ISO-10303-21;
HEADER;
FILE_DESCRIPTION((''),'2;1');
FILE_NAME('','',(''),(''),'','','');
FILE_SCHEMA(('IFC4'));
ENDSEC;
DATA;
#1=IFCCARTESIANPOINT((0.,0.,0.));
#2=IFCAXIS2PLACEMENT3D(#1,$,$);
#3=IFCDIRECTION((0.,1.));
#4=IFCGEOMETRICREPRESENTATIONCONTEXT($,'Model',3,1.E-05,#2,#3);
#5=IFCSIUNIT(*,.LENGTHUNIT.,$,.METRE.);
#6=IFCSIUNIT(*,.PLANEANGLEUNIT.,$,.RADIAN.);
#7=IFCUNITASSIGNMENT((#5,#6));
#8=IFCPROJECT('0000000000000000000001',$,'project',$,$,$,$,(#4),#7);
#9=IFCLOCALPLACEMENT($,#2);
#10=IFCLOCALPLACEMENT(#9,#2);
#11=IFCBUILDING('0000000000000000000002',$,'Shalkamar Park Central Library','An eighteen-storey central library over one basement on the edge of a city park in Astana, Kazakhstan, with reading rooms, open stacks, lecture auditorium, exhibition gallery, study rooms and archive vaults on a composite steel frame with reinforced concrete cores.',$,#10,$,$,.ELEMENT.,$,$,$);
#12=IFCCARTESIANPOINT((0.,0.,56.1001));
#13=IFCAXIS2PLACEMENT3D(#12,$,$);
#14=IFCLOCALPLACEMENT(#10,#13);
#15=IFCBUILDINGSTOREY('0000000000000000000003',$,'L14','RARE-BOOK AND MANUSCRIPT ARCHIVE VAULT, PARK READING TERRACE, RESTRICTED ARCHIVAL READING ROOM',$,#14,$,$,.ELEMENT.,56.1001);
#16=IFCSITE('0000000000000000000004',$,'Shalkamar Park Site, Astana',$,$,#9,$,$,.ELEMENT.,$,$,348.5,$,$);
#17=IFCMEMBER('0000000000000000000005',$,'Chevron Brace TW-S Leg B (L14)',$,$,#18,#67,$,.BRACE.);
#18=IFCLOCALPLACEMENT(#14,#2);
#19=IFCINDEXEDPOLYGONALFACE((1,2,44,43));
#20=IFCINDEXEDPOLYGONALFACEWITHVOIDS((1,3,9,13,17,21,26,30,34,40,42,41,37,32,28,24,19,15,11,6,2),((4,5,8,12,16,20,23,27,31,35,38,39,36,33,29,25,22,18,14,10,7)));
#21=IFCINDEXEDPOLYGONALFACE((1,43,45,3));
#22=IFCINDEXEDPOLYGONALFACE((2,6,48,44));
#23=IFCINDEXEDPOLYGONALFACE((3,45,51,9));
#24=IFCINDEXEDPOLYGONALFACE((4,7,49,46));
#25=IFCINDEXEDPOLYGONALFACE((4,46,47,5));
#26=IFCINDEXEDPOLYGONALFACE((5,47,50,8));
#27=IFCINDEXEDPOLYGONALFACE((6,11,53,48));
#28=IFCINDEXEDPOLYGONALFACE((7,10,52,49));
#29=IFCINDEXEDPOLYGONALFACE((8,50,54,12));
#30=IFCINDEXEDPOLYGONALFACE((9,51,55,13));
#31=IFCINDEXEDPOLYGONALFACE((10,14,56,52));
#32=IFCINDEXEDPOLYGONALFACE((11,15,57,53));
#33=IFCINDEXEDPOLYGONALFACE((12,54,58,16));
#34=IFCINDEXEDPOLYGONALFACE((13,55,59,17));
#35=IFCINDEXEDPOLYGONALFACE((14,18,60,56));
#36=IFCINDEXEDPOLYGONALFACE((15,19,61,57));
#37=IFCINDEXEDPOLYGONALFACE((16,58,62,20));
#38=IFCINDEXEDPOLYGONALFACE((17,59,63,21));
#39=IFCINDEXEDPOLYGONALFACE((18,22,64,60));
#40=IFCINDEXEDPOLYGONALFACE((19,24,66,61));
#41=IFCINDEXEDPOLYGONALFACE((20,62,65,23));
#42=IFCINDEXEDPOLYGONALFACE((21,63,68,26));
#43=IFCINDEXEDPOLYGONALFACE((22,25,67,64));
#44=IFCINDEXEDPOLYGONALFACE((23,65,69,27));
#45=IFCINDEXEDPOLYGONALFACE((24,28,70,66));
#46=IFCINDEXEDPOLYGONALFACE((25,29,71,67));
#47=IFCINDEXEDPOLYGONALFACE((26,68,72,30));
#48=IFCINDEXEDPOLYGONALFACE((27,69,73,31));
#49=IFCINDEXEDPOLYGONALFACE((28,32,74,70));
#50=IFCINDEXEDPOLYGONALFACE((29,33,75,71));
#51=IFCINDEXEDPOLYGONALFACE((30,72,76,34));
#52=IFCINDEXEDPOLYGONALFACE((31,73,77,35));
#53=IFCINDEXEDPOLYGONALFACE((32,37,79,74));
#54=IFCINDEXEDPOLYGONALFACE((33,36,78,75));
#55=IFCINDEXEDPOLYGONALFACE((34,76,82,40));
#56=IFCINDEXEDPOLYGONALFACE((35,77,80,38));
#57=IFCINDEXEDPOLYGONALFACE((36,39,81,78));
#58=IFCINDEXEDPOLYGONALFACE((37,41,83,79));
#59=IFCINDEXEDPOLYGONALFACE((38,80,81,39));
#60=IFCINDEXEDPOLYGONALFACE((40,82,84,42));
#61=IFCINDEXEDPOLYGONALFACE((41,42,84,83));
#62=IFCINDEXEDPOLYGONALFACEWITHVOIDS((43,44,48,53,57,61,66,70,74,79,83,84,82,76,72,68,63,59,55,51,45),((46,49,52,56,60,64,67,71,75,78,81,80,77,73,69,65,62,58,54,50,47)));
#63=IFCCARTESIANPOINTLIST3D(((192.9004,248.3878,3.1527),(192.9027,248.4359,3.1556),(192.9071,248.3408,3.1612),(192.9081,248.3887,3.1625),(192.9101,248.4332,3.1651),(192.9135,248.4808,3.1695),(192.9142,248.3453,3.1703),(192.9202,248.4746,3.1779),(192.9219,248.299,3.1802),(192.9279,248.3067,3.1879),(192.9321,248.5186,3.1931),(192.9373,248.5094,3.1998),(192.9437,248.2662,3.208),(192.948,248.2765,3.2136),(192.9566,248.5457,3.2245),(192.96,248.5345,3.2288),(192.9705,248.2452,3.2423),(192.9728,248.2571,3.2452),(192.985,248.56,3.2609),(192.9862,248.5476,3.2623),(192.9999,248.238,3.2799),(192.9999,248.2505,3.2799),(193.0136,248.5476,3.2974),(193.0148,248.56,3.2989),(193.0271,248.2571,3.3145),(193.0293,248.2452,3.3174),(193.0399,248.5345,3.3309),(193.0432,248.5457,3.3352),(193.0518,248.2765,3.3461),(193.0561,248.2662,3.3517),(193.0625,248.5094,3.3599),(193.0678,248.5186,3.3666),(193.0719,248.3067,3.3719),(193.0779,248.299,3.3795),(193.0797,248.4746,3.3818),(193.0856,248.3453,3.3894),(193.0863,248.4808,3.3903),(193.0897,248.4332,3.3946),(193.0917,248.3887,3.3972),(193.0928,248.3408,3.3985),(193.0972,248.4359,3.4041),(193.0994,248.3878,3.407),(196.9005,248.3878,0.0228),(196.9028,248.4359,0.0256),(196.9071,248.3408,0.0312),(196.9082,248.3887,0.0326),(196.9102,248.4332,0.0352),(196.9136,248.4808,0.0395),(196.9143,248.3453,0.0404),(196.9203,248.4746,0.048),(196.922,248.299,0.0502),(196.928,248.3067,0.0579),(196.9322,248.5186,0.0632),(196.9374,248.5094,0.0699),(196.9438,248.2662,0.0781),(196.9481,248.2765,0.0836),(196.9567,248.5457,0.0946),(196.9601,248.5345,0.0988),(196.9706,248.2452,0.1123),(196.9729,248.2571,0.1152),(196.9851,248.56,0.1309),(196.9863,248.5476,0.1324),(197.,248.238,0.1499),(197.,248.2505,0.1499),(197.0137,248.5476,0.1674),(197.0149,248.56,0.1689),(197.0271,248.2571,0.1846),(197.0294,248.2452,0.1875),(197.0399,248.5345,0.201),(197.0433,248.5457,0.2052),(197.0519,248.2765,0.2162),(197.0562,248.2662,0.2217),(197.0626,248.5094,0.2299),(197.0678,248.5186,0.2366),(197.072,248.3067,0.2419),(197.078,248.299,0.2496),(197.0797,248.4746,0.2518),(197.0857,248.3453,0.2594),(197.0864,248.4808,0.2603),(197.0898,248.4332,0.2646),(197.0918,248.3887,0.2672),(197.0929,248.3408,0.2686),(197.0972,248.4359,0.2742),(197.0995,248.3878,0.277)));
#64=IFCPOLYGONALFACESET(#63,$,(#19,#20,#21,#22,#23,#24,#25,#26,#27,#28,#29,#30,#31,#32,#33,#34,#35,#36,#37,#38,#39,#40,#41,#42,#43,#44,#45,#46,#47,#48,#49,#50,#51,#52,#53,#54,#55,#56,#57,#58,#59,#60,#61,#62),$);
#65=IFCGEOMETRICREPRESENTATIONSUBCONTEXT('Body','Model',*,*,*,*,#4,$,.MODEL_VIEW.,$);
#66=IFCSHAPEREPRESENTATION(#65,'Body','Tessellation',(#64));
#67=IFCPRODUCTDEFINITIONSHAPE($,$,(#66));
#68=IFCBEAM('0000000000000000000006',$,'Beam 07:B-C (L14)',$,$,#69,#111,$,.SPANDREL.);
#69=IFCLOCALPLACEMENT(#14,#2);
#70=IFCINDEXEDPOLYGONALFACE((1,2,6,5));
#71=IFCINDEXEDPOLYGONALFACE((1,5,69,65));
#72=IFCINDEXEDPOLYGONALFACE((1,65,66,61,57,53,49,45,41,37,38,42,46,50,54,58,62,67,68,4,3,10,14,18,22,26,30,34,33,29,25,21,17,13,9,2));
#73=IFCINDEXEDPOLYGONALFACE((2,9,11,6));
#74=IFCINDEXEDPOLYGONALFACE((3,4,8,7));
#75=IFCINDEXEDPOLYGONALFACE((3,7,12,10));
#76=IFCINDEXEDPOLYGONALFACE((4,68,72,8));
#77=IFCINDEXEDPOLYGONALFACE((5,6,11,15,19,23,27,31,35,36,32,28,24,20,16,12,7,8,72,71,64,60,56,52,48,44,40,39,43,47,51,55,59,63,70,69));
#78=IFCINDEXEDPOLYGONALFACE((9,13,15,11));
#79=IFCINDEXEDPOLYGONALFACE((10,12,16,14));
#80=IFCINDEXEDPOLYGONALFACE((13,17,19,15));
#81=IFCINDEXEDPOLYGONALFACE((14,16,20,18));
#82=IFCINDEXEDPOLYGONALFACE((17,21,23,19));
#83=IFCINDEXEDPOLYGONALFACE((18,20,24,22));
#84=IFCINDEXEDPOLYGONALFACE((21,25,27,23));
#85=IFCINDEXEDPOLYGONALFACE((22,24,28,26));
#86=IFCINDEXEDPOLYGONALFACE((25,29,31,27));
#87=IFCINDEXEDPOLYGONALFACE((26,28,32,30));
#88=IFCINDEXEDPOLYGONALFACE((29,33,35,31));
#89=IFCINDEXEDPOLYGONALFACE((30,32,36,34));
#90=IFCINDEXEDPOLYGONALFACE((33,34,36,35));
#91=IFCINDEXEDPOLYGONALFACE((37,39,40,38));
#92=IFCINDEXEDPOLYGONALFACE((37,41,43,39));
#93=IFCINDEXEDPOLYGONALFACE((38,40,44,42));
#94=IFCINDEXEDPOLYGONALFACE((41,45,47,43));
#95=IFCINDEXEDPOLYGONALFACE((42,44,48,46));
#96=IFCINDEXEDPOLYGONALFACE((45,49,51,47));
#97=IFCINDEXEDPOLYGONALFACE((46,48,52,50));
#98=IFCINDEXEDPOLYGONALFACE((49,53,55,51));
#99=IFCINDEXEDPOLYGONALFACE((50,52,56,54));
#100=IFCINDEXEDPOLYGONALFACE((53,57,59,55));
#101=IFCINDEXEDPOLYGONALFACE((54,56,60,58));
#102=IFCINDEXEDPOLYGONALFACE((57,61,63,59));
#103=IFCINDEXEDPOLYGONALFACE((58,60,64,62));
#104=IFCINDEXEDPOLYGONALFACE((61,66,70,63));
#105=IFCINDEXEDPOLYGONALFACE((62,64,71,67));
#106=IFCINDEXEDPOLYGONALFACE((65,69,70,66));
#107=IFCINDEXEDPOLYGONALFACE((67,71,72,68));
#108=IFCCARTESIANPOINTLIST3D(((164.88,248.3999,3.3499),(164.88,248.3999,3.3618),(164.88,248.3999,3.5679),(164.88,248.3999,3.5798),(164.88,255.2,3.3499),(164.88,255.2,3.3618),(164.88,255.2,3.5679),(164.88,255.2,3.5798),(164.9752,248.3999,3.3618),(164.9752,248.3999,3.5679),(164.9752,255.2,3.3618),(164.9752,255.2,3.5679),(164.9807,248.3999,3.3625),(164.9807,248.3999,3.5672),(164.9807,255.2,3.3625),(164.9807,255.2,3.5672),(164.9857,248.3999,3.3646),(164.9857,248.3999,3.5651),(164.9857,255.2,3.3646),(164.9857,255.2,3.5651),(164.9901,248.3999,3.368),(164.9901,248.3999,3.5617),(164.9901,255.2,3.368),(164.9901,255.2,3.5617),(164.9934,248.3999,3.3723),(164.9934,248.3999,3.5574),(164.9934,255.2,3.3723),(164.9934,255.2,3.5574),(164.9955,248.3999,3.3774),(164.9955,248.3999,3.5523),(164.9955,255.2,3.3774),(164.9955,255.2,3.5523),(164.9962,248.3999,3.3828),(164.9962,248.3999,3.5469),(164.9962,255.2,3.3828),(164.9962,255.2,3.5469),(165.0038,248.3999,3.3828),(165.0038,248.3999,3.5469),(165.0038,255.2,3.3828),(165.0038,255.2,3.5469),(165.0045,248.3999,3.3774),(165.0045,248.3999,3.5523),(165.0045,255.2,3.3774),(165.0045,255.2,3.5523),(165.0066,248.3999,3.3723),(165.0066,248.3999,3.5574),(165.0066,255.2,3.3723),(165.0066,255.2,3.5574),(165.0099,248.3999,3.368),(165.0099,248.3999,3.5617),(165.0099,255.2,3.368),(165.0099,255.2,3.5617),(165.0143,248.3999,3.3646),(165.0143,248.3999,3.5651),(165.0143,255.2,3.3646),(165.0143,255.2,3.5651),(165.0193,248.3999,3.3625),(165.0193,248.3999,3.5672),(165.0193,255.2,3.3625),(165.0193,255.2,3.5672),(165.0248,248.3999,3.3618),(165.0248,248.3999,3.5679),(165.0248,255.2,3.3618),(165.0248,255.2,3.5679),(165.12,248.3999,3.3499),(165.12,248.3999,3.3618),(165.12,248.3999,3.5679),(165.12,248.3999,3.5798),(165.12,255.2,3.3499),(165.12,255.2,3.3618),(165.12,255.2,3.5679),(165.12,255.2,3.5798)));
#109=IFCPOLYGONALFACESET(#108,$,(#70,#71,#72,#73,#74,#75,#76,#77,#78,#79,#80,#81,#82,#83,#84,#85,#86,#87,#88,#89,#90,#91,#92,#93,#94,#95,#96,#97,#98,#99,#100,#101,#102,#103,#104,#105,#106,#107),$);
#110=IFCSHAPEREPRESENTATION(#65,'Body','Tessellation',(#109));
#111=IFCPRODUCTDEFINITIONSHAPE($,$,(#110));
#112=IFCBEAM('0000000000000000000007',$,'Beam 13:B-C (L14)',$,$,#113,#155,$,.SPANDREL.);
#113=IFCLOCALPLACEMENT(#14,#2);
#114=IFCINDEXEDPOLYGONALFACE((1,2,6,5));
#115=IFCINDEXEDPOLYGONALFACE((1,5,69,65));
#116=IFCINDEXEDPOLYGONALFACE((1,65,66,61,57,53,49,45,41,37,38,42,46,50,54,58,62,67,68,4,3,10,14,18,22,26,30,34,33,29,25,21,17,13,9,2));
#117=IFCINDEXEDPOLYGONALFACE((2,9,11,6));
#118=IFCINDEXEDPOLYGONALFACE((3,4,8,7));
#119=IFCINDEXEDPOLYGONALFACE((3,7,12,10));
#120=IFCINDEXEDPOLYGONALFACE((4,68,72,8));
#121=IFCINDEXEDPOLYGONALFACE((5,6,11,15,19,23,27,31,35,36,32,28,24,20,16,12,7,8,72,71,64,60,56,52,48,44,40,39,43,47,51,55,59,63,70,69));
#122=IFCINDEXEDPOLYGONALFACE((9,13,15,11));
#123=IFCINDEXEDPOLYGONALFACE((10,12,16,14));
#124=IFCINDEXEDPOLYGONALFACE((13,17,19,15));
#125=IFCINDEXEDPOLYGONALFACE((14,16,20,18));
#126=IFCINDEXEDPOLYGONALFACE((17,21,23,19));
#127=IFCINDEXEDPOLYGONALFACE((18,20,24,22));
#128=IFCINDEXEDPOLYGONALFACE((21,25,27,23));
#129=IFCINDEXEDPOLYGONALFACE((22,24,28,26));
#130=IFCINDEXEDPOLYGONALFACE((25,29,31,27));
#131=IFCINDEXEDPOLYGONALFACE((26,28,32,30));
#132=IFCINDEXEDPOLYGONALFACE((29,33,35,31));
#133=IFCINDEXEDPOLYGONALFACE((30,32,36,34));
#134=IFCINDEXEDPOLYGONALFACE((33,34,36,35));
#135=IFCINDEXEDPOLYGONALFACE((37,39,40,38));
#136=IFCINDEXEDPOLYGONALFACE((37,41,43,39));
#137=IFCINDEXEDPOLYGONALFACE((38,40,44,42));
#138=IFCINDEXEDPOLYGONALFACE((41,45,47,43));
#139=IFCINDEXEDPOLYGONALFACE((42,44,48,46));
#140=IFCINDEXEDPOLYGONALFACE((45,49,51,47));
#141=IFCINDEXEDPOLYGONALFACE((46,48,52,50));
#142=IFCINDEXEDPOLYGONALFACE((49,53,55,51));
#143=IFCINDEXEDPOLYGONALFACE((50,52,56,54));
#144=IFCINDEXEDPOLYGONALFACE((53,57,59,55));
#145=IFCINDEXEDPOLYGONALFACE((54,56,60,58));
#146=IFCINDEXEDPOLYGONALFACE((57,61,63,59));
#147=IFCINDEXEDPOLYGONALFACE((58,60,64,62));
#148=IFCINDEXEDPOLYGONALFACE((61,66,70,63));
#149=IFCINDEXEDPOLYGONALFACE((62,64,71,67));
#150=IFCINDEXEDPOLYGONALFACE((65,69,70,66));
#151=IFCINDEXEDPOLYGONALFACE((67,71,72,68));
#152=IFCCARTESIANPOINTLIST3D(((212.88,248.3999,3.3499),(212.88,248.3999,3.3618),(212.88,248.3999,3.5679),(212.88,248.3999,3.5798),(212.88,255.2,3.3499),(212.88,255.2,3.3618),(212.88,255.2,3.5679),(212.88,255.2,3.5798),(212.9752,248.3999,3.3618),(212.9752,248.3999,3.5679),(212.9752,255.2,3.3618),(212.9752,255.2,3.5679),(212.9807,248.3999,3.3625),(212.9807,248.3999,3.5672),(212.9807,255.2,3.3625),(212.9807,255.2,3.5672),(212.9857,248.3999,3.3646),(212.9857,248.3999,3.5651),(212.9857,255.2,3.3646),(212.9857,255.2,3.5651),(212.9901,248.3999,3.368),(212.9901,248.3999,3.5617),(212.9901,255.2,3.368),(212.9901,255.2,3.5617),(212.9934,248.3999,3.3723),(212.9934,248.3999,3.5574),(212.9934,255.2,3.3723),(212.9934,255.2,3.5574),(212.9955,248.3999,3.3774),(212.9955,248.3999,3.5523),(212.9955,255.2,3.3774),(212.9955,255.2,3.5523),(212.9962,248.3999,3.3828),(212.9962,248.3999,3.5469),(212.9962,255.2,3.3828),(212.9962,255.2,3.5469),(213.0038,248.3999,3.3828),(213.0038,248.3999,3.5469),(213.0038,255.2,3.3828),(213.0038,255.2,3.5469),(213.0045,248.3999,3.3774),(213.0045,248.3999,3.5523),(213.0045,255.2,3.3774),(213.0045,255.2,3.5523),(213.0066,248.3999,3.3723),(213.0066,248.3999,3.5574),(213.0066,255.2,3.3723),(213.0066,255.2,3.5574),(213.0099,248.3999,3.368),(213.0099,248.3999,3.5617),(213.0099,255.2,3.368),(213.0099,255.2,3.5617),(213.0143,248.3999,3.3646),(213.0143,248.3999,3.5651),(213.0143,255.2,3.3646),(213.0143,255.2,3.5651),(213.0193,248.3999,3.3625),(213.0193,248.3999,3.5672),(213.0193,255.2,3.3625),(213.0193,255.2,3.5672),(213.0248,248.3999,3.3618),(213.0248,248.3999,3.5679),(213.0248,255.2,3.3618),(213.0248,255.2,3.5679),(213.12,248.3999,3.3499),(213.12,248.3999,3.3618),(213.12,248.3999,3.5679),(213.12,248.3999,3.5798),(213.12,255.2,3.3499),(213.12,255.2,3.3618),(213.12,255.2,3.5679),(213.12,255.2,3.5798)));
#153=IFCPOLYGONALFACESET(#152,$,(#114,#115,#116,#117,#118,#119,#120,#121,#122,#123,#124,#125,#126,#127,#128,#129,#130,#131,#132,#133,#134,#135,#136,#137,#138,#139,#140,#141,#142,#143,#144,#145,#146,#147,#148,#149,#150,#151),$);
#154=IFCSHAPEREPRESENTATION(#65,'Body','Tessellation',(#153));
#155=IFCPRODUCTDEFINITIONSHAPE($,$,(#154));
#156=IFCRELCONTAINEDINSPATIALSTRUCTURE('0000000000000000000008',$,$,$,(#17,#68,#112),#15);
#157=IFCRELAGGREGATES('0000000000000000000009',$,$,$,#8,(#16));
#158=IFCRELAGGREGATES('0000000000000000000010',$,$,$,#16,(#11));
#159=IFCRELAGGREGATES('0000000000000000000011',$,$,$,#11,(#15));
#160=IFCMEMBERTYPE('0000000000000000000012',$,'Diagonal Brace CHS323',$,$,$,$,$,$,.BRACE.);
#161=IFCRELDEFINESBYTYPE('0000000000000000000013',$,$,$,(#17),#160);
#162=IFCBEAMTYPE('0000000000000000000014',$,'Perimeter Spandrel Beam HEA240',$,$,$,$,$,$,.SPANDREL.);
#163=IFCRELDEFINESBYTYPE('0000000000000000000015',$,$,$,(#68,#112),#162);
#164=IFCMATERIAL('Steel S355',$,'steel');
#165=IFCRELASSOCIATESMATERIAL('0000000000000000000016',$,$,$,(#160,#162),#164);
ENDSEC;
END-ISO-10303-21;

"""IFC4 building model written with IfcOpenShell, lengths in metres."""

from ifc_helpers import new_model, si_unit, direction, frame, origin, origin_2d, place, context, subcontext, project, spatial, hollow_circle, i_section, extrude, material, material_profile, profile_set, type_object, element, save


model = new_model("IFC4")

# Units and contexts
model_context = context("Model", 3, precision=1e-05, world=origin(), true_north=direction((0.0, 1.0)))
body_context = subcontext(model_context, "Body", "Model", "MODEL_VIEW")
ifc_project = project(units=[si_unit("LENGTHUNIT", "METRE"), si_unit("PLANEANGLEUNIT", "RADIAN")], contexts=[model_context])

# Site, building, storey
site_placement = place(None, origin())
site = spatial("IfcSite", under=ifc_project, at=site_placement, Name="Shalkamar Park Site, Astana", CompositionType="ELEMENT", RefElevation=348.5)
building_placement = place(site_placement, origin())
building = spatial("IfcBuilding", under=site, at=building_placement, Name="Shalkamar Park Central Library", Description="An eighteen-storey central library over one basement on the edge of a city park in Astana, Kazakhstan, with reading rooms, open stacks, lecture auditorium, exhibition gallery, study rooms and archive vaults on a composite steel frame with reinforced concrete cores.", CompositionType="ELEMENT")
storey_placement = place(building_placement, frame((0.0, 0.0, 56.1001)))
storey = spatial("IfcBuildingStorey", under=building, at=storey_placement, Name="L14", Description="RARE-BOOK AND MANUSCRIPT ARCHIVE VAULT, PARK READING TERRACE, RESTRICTED ARCHIVAL READING ROOM", CompositionType="ELEMENT", Elevation=56.1001)

# Shared definitions
ifc_material_1 = material(Name="Steel S355", Category="steel")

# Member
ifc_material_profile_1 = material_profile(ifc_material_1, hollow_circle(Radius=0.1619, WallThickness=0.0125, at=origin_2d()), Name="CHS 323.9x12.5")
ifc_profile_set_1 = profile_set([ifc_material_profile_1], Name="Steel S355")
member_type = type_object("IfcMemberType", Name="Diagonal Brace CHS323", PredefinedType="BRACE", material=ifc_profile_set_1)
for number, where, z_axis, x_axis, name in (
    (1, (197.0, 248.3999, 0.1499), (-0.787558, 0.0, 0.616241), (0.0, -1.0, 0.0), "Chevron Brace TW-S Leg B (L14)"),
):
    element("IfcMember", number, at=place(storey_placement, frame(where, z_axis=z_axis, x_axis=x_axis)), inside=storey, type_object=member_type, Name=name, PredefinedType="BRACE", context=body_context, shape_type="SweptSolid", body=[
        extrude(hollow_circle(Radius=0.1619, WallThickness=0.0125, at=origin_2d()), origin(), (0.0, 0.0, 1.0), 5.0791),
    ])

# Beams
ifc_material_profile_2 = material_profile(ifc_material_1, i_section(OverallWidth=0.24, OverallDepth=0.23, WebThickness=0.0076, FlangeThickness=0.012, FilletRadius=0.021, at=origin_2d()), Name="HEA 240")
ifc_profile_set_2 = profile_set([ifc_material_profile_2], Name="Steel S355")
beam_type_1 = type_object("IfcBeamType", Name="Perimeter Spandrel Beam HEA240", PredefinedType="SPANDREL", material=ifc_profile_set_2)
for number, where, z_axis, x_axis, name in (
    (2, (165.0, 248.3999, 3.4648), (0.0, 1.0, 0.0), (-1.0, 0.0, 0.0), "Beam 07:B-C (L14)"),
    (3, (213.0, 248.3999, 3.4648), (0.0, 1.0, 0.0), (-1.0, 0.0, 0.0), "Beam 13:B-C (L14)"),
):
    element("IfcBeam", number, at=place(storey_placement, frame(where, z_axis=z_axis, x_axis=x_axis)), inside=storey, type_object=beam_type_1, Name=name, PredefinedType="SPANDREL", context=body_context, shape_type="SweptSolid", body=[
        extrude(i_section(OverallWidth=0.24, OverallDepth=0.23, WebThickness=0.0076, FlangeThickness=0.012, FilletRadius=0.021, at=origin_2d()), origin(), (0.0, 0.0, 1.0), 6.8),
    ])

save(model, "model.ifc")
